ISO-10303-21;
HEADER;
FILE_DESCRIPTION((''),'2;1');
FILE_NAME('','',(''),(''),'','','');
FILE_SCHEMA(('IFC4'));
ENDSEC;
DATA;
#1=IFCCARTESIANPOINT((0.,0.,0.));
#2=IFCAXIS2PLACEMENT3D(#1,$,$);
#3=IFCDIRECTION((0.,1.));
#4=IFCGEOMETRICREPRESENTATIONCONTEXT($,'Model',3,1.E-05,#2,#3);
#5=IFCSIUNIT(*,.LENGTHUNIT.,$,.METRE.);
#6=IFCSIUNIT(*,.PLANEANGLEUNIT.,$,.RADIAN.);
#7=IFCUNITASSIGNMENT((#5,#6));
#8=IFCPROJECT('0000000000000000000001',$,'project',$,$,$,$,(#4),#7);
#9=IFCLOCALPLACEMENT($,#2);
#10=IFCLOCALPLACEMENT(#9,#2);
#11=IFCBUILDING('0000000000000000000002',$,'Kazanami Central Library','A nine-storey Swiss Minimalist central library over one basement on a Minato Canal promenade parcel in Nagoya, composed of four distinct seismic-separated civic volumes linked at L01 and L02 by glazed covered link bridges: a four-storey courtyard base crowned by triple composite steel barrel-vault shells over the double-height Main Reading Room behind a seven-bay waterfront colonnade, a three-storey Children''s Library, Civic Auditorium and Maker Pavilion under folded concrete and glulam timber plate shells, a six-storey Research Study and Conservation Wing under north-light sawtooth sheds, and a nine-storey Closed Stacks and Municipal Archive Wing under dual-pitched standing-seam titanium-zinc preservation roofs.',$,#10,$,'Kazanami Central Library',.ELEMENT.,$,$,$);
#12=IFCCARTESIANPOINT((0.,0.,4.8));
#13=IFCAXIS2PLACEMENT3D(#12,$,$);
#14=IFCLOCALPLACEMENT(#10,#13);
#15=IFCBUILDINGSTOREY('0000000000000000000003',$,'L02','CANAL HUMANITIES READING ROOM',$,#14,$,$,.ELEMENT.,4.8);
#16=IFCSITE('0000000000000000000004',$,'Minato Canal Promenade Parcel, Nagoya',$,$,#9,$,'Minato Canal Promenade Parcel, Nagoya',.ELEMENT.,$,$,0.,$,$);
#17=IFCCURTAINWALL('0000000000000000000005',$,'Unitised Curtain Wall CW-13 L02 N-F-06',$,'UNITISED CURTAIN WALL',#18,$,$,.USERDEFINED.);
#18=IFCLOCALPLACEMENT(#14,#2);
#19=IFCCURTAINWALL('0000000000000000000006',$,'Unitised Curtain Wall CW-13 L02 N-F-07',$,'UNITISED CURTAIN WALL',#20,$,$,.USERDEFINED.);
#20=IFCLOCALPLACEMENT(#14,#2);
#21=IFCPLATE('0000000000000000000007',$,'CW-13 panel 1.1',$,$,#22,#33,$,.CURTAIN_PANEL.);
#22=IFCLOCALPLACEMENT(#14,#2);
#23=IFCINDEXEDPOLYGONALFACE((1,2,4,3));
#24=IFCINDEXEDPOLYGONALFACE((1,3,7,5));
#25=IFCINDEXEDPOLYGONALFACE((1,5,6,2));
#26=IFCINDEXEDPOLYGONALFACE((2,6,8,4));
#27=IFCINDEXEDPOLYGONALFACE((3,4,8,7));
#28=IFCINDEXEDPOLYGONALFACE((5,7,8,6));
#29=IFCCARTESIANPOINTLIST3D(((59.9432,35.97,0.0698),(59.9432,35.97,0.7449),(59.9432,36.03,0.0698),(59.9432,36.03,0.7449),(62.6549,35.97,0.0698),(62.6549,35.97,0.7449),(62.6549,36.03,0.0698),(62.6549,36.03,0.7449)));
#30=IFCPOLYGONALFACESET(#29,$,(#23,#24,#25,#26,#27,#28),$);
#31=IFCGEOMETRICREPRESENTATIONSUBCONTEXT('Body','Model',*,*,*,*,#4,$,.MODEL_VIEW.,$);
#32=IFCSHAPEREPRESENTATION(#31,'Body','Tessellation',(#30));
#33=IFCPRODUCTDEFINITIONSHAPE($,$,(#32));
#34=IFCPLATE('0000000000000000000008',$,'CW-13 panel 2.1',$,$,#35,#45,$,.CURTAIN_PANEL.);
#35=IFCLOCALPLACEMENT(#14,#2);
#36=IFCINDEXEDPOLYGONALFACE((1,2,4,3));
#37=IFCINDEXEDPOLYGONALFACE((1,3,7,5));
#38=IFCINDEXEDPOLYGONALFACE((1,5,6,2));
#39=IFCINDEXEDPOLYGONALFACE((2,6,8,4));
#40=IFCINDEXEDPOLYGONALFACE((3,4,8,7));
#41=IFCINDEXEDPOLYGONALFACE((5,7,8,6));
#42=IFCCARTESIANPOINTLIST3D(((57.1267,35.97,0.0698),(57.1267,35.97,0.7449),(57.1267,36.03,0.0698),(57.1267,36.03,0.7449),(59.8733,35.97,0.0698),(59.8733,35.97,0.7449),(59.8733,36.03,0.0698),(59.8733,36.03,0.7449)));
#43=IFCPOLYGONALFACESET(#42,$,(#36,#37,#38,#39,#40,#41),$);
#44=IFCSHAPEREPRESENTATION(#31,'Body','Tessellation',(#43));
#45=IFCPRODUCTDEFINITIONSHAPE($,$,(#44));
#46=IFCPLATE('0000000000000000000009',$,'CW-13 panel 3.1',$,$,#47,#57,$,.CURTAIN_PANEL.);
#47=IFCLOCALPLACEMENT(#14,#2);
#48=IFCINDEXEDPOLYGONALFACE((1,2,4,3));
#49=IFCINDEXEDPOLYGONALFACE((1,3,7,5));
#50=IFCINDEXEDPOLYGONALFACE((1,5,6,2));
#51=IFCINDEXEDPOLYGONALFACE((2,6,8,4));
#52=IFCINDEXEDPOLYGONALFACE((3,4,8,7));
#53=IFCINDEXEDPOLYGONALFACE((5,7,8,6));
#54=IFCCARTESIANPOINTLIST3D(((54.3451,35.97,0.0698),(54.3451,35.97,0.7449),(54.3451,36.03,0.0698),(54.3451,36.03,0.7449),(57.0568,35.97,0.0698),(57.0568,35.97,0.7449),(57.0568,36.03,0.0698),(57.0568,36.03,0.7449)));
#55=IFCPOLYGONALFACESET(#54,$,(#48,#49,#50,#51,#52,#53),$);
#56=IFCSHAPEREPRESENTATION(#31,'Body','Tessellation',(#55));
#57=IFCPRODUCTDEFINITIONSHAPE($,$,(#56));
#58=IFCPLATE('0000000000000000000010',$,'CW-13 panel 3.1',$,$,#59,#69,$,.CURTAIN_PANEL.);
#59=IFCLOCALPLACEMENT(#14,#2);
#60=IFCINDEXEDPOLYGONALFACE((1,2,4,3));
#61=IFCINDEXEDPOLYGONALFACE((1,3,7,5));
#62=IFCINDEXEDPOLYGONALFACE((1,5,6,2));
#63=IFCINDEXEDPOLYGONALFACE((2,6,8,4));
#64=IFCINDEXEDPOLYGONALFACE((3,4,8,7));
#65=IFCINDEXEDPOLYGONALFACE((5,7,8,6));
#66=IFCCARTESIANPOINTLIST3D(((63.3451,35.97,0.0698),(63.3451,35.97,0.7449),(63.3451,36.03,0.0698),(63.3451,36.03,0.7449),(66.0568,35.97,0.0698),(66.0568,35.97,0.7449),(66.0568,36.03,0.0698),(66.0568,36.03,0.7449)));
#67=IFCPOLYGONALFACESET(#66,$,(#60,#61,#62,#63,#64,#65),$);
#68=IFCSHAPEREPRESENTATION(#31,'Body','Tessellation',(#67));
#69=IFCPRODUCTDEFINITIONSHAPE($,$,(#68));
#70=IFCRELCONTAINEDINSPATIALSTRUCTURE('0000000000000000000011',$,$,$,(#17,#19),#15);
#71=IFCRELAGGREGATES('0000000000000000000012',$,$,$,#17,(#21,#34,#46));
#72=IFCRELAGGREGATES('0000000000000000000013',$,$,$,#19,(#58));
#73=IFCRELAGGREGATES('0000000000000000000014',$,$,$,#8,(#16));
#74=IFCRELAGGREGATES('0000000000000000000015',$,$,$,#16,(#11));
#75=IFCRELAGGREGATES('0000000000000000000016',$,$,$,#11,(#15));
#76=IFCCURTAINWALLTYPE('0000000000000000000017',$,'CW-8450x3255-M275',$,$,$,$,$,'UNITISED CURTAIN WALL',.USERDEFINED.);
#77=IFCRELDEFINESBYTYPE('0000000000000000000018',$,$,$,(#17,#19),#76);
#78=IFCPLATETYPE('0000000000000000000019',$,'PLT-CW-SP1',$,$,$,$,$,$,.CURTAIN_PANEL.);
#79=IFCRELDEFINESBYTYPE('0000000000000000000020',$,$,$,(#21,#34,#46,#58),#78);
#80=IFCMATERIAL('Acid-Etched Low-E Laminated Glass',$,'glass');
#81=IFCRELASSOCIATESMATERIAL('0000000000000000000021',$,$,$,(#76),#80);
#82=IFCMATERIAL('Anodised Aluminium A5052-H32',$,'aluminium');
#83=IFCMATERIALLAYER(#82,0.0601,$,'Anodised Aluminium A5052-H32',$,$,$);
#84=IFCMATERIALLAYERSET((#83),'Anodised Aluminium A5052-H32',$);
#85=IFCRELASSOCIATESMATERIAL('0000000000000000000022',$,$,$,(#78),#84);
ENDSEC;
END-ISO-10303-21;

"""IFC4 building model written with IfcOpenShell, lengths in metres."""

from ifc_helpers import new_model, si_unit, direction, frame, origin, origin_2d, place, context, subcontext, project, spatial, rectangle, extrude, material, layer, layer_set, type_object, element, aggregate, save


model = new_model("IFC4")

# Units and contexts
model_context = context("Model", 3, precision=1e-05, world=origin(), true_north=direction((0.0, 1.0)))
body_context = subcontext(model_context, "Body", "Model", "MODEL_VIEW")
ifc_project = project(units=[si_unit("LENGTHUNIT", "METRE"), si_unit("PLANEANGLEUNIT", "RADIAN")], contexts=[model_context])

# Site, building, storey
site_placement = place(None, origin())
site = spatial("IfcSite", under=ifc_project, at=site_placement, Name="Minato Canal Promenade Parcel, Nagoya", LongName="Minato Canal Promenade Parcel, Nagoya", CompositionType="ELEMENT", RefElevation=0.0)
building_placement = place(site_placement, origin())
building = spatial("IfcBuilding", under=site, at=building_placement, Name="Kazanami Central Library", Description="A nine-storey Swiss Minimalist central library over one basement on a Minato Canal promenade parcel in Nagoya, composed of four distinct seismic-separated civic volumes linked at L01 and L02 by glazed covered link bridges: a four-storey courtyard base crowned by triple composite steel barrel-vault shells over the double-height Main Reading Room behind a seven-bay waterfront colonnade, a three-storey Children's Library, Civic Auditorium and Maker Pavilion under folded concrete and glulam timber plate shells, a six-storey Research Study and Conservation Wing under north-light sawtooth sheds, and a nine-storey Closed Stacks and Municipal Archive Wing under dual-pitched standing-seam titanium-zinc preservation roofs.", LongName="Kazanami Central Library", CompositionType="ELEMENT")
storey_placement = place(building_placement, frame((0.0, 0.0, 4.8)))
storey = spatial("IfcBuildingStorey", under=building, at=storey_placement, Name="L02", Description="CANAL HUMANITIES READING ROOM", CompositionType="ELEMENT", Elevation=4.8)

# Shared definitions
ifc_material_1 = material(Name="Acid-Etched Low-E Laminated Glass", Category="glass")
curtain_wall_type = type_object("IfcCurtainWallType", Name="CW-8450x3255-M275", ElementType="UNITISED CURTAIN WALL", PredefinedType="USERDEFINED", material=ifc_material_1)

# Curtain wall
curtain_wall_1_placement = place(storey_placement, origin())
curtain_wall_1 = element("IfcCurtainWall", 1, at=curtain_wall_1_placement, inside=storey, type_object=curtain_wall_type, Name="Unitised Curtain Wall CW-13 L02 N-F-06", ObjectType="UNITISED CURTAIN WALL", PredefinedType="USERDEFINED")

# Curtain wall
curtain_wall_2_placement = place(storey_placement, origin())
curtain_wall_2 = element("IfcCurtainWall", 2, at=curtain_wall_2_placement, inside=storey, type_object=curtain_wall_type, Name="Unitised Curtain Wall CW-13 L02 N-F-07", ObjectType="UNITISED CURTAIN WALL", PredefinedType="USERDEFINED")

# Plates
ifc_material_2 = material(Name="Anodised Aluminium A5052-H32", Category="aluminium")
ifc_layer_1 = layer(ifc_material_2, 0.0601, Name="Anodised Aluminium A5052-H32")
ifc_layer_set_1 = layer_set([ifc_layer_1], Name="Anodised Aluminium A5052-H32")
plate_type_1 = type_object("IfcPlateType", Name="PLT-CW-SP1", PredefinedType="CURTAIN_PANEL", material=ifc_layer_set_1)
plate_1_placement = place(storey_placement, frame((61.2991, 36.0, 0.0698), z_axis=(0.0, 0.0, 1.0), x_axis=(-1.0, 0.0, 0.0)))
plate_1 = element("IfcPlate", 3, at=plate_1_placement, type_object=plate_type_1, Name="CW-13 panel 1.1", PredefinedType="CURTAIN_PANEL", context=body_context, shape_type="SweptSolid", body=[
    extrude(rectangle(XDim=2.7117, YDim=0.0601, at=origin_2d()), origin(), (0.0, 0.0, 1.0), 0.675),
])
plate_2_placement = place(storey_placement, frame((58.5, 36.0, 0.0698), z_axis=(0.0, 0.0, 1.0), x_axis=(-1.0, 0.0, 0.0)))
plate_2 = element("IfcPlate", 4, at=plate_2_placement, type_object=plate_type_1, Name="CW-13 panel 2.1", PredefinedType="CURTAIN_PANEL", context=body_context, shape_type="SweptSolid", body=[
    extrude(rectangle(XDim=2.7466, YDim=0.0601, at=origin_2d()), origin(), (0.0, 0.0, 1.0), 0.675),
])
plate_3_placement = place(storey_placement, frame((55.7009, 36.0, 0.0698), z_axis=(0.0, 0.0, 1.0), x_axis=(-1.0, 0.0, 0.0)))
plate_3 = element("IfcPlate", 5, at=plate_3_placement, type_object=plate_type_1, Name="CW-13 panel 3.1", PredefinedType="CURTAIN_PANEL", context=body_context, shape_type="SweptSolid", body=[
    extrude(rectangle(XDim=2.7117, YDim=0.0601, at=origin_2d()), origin(), (0.0, 0.0, 1.0), 0.675),
])
aggregate(curtain_wall_1, [plate_1, plate_2, plate_3])
plate_4_placement = place(storey_placement, frame((64.7009, 36.0, 0.0698), z_axis=(0.0, 0.0, 1.0), x_axis=(-1.0, 0.0, 0.0)))
plate_4 = element("IfcPlate", 6, at=plate_4_placement, type_object=plate_type_1, Name="CW-13 panel 3.1", PredefinedType="CURTAIN_PANEL", context=body_context, shape_type="SweptSolid", body=[
    extrude(rectangle(XDim=2.7117, YDim=0.0601, at=origin_2d()), origin(), (0.0, 0.0, 1.0), 0.675),
])
aggregate(curtain_wall_2, [plate_4])

save(model, "model.ifc")
